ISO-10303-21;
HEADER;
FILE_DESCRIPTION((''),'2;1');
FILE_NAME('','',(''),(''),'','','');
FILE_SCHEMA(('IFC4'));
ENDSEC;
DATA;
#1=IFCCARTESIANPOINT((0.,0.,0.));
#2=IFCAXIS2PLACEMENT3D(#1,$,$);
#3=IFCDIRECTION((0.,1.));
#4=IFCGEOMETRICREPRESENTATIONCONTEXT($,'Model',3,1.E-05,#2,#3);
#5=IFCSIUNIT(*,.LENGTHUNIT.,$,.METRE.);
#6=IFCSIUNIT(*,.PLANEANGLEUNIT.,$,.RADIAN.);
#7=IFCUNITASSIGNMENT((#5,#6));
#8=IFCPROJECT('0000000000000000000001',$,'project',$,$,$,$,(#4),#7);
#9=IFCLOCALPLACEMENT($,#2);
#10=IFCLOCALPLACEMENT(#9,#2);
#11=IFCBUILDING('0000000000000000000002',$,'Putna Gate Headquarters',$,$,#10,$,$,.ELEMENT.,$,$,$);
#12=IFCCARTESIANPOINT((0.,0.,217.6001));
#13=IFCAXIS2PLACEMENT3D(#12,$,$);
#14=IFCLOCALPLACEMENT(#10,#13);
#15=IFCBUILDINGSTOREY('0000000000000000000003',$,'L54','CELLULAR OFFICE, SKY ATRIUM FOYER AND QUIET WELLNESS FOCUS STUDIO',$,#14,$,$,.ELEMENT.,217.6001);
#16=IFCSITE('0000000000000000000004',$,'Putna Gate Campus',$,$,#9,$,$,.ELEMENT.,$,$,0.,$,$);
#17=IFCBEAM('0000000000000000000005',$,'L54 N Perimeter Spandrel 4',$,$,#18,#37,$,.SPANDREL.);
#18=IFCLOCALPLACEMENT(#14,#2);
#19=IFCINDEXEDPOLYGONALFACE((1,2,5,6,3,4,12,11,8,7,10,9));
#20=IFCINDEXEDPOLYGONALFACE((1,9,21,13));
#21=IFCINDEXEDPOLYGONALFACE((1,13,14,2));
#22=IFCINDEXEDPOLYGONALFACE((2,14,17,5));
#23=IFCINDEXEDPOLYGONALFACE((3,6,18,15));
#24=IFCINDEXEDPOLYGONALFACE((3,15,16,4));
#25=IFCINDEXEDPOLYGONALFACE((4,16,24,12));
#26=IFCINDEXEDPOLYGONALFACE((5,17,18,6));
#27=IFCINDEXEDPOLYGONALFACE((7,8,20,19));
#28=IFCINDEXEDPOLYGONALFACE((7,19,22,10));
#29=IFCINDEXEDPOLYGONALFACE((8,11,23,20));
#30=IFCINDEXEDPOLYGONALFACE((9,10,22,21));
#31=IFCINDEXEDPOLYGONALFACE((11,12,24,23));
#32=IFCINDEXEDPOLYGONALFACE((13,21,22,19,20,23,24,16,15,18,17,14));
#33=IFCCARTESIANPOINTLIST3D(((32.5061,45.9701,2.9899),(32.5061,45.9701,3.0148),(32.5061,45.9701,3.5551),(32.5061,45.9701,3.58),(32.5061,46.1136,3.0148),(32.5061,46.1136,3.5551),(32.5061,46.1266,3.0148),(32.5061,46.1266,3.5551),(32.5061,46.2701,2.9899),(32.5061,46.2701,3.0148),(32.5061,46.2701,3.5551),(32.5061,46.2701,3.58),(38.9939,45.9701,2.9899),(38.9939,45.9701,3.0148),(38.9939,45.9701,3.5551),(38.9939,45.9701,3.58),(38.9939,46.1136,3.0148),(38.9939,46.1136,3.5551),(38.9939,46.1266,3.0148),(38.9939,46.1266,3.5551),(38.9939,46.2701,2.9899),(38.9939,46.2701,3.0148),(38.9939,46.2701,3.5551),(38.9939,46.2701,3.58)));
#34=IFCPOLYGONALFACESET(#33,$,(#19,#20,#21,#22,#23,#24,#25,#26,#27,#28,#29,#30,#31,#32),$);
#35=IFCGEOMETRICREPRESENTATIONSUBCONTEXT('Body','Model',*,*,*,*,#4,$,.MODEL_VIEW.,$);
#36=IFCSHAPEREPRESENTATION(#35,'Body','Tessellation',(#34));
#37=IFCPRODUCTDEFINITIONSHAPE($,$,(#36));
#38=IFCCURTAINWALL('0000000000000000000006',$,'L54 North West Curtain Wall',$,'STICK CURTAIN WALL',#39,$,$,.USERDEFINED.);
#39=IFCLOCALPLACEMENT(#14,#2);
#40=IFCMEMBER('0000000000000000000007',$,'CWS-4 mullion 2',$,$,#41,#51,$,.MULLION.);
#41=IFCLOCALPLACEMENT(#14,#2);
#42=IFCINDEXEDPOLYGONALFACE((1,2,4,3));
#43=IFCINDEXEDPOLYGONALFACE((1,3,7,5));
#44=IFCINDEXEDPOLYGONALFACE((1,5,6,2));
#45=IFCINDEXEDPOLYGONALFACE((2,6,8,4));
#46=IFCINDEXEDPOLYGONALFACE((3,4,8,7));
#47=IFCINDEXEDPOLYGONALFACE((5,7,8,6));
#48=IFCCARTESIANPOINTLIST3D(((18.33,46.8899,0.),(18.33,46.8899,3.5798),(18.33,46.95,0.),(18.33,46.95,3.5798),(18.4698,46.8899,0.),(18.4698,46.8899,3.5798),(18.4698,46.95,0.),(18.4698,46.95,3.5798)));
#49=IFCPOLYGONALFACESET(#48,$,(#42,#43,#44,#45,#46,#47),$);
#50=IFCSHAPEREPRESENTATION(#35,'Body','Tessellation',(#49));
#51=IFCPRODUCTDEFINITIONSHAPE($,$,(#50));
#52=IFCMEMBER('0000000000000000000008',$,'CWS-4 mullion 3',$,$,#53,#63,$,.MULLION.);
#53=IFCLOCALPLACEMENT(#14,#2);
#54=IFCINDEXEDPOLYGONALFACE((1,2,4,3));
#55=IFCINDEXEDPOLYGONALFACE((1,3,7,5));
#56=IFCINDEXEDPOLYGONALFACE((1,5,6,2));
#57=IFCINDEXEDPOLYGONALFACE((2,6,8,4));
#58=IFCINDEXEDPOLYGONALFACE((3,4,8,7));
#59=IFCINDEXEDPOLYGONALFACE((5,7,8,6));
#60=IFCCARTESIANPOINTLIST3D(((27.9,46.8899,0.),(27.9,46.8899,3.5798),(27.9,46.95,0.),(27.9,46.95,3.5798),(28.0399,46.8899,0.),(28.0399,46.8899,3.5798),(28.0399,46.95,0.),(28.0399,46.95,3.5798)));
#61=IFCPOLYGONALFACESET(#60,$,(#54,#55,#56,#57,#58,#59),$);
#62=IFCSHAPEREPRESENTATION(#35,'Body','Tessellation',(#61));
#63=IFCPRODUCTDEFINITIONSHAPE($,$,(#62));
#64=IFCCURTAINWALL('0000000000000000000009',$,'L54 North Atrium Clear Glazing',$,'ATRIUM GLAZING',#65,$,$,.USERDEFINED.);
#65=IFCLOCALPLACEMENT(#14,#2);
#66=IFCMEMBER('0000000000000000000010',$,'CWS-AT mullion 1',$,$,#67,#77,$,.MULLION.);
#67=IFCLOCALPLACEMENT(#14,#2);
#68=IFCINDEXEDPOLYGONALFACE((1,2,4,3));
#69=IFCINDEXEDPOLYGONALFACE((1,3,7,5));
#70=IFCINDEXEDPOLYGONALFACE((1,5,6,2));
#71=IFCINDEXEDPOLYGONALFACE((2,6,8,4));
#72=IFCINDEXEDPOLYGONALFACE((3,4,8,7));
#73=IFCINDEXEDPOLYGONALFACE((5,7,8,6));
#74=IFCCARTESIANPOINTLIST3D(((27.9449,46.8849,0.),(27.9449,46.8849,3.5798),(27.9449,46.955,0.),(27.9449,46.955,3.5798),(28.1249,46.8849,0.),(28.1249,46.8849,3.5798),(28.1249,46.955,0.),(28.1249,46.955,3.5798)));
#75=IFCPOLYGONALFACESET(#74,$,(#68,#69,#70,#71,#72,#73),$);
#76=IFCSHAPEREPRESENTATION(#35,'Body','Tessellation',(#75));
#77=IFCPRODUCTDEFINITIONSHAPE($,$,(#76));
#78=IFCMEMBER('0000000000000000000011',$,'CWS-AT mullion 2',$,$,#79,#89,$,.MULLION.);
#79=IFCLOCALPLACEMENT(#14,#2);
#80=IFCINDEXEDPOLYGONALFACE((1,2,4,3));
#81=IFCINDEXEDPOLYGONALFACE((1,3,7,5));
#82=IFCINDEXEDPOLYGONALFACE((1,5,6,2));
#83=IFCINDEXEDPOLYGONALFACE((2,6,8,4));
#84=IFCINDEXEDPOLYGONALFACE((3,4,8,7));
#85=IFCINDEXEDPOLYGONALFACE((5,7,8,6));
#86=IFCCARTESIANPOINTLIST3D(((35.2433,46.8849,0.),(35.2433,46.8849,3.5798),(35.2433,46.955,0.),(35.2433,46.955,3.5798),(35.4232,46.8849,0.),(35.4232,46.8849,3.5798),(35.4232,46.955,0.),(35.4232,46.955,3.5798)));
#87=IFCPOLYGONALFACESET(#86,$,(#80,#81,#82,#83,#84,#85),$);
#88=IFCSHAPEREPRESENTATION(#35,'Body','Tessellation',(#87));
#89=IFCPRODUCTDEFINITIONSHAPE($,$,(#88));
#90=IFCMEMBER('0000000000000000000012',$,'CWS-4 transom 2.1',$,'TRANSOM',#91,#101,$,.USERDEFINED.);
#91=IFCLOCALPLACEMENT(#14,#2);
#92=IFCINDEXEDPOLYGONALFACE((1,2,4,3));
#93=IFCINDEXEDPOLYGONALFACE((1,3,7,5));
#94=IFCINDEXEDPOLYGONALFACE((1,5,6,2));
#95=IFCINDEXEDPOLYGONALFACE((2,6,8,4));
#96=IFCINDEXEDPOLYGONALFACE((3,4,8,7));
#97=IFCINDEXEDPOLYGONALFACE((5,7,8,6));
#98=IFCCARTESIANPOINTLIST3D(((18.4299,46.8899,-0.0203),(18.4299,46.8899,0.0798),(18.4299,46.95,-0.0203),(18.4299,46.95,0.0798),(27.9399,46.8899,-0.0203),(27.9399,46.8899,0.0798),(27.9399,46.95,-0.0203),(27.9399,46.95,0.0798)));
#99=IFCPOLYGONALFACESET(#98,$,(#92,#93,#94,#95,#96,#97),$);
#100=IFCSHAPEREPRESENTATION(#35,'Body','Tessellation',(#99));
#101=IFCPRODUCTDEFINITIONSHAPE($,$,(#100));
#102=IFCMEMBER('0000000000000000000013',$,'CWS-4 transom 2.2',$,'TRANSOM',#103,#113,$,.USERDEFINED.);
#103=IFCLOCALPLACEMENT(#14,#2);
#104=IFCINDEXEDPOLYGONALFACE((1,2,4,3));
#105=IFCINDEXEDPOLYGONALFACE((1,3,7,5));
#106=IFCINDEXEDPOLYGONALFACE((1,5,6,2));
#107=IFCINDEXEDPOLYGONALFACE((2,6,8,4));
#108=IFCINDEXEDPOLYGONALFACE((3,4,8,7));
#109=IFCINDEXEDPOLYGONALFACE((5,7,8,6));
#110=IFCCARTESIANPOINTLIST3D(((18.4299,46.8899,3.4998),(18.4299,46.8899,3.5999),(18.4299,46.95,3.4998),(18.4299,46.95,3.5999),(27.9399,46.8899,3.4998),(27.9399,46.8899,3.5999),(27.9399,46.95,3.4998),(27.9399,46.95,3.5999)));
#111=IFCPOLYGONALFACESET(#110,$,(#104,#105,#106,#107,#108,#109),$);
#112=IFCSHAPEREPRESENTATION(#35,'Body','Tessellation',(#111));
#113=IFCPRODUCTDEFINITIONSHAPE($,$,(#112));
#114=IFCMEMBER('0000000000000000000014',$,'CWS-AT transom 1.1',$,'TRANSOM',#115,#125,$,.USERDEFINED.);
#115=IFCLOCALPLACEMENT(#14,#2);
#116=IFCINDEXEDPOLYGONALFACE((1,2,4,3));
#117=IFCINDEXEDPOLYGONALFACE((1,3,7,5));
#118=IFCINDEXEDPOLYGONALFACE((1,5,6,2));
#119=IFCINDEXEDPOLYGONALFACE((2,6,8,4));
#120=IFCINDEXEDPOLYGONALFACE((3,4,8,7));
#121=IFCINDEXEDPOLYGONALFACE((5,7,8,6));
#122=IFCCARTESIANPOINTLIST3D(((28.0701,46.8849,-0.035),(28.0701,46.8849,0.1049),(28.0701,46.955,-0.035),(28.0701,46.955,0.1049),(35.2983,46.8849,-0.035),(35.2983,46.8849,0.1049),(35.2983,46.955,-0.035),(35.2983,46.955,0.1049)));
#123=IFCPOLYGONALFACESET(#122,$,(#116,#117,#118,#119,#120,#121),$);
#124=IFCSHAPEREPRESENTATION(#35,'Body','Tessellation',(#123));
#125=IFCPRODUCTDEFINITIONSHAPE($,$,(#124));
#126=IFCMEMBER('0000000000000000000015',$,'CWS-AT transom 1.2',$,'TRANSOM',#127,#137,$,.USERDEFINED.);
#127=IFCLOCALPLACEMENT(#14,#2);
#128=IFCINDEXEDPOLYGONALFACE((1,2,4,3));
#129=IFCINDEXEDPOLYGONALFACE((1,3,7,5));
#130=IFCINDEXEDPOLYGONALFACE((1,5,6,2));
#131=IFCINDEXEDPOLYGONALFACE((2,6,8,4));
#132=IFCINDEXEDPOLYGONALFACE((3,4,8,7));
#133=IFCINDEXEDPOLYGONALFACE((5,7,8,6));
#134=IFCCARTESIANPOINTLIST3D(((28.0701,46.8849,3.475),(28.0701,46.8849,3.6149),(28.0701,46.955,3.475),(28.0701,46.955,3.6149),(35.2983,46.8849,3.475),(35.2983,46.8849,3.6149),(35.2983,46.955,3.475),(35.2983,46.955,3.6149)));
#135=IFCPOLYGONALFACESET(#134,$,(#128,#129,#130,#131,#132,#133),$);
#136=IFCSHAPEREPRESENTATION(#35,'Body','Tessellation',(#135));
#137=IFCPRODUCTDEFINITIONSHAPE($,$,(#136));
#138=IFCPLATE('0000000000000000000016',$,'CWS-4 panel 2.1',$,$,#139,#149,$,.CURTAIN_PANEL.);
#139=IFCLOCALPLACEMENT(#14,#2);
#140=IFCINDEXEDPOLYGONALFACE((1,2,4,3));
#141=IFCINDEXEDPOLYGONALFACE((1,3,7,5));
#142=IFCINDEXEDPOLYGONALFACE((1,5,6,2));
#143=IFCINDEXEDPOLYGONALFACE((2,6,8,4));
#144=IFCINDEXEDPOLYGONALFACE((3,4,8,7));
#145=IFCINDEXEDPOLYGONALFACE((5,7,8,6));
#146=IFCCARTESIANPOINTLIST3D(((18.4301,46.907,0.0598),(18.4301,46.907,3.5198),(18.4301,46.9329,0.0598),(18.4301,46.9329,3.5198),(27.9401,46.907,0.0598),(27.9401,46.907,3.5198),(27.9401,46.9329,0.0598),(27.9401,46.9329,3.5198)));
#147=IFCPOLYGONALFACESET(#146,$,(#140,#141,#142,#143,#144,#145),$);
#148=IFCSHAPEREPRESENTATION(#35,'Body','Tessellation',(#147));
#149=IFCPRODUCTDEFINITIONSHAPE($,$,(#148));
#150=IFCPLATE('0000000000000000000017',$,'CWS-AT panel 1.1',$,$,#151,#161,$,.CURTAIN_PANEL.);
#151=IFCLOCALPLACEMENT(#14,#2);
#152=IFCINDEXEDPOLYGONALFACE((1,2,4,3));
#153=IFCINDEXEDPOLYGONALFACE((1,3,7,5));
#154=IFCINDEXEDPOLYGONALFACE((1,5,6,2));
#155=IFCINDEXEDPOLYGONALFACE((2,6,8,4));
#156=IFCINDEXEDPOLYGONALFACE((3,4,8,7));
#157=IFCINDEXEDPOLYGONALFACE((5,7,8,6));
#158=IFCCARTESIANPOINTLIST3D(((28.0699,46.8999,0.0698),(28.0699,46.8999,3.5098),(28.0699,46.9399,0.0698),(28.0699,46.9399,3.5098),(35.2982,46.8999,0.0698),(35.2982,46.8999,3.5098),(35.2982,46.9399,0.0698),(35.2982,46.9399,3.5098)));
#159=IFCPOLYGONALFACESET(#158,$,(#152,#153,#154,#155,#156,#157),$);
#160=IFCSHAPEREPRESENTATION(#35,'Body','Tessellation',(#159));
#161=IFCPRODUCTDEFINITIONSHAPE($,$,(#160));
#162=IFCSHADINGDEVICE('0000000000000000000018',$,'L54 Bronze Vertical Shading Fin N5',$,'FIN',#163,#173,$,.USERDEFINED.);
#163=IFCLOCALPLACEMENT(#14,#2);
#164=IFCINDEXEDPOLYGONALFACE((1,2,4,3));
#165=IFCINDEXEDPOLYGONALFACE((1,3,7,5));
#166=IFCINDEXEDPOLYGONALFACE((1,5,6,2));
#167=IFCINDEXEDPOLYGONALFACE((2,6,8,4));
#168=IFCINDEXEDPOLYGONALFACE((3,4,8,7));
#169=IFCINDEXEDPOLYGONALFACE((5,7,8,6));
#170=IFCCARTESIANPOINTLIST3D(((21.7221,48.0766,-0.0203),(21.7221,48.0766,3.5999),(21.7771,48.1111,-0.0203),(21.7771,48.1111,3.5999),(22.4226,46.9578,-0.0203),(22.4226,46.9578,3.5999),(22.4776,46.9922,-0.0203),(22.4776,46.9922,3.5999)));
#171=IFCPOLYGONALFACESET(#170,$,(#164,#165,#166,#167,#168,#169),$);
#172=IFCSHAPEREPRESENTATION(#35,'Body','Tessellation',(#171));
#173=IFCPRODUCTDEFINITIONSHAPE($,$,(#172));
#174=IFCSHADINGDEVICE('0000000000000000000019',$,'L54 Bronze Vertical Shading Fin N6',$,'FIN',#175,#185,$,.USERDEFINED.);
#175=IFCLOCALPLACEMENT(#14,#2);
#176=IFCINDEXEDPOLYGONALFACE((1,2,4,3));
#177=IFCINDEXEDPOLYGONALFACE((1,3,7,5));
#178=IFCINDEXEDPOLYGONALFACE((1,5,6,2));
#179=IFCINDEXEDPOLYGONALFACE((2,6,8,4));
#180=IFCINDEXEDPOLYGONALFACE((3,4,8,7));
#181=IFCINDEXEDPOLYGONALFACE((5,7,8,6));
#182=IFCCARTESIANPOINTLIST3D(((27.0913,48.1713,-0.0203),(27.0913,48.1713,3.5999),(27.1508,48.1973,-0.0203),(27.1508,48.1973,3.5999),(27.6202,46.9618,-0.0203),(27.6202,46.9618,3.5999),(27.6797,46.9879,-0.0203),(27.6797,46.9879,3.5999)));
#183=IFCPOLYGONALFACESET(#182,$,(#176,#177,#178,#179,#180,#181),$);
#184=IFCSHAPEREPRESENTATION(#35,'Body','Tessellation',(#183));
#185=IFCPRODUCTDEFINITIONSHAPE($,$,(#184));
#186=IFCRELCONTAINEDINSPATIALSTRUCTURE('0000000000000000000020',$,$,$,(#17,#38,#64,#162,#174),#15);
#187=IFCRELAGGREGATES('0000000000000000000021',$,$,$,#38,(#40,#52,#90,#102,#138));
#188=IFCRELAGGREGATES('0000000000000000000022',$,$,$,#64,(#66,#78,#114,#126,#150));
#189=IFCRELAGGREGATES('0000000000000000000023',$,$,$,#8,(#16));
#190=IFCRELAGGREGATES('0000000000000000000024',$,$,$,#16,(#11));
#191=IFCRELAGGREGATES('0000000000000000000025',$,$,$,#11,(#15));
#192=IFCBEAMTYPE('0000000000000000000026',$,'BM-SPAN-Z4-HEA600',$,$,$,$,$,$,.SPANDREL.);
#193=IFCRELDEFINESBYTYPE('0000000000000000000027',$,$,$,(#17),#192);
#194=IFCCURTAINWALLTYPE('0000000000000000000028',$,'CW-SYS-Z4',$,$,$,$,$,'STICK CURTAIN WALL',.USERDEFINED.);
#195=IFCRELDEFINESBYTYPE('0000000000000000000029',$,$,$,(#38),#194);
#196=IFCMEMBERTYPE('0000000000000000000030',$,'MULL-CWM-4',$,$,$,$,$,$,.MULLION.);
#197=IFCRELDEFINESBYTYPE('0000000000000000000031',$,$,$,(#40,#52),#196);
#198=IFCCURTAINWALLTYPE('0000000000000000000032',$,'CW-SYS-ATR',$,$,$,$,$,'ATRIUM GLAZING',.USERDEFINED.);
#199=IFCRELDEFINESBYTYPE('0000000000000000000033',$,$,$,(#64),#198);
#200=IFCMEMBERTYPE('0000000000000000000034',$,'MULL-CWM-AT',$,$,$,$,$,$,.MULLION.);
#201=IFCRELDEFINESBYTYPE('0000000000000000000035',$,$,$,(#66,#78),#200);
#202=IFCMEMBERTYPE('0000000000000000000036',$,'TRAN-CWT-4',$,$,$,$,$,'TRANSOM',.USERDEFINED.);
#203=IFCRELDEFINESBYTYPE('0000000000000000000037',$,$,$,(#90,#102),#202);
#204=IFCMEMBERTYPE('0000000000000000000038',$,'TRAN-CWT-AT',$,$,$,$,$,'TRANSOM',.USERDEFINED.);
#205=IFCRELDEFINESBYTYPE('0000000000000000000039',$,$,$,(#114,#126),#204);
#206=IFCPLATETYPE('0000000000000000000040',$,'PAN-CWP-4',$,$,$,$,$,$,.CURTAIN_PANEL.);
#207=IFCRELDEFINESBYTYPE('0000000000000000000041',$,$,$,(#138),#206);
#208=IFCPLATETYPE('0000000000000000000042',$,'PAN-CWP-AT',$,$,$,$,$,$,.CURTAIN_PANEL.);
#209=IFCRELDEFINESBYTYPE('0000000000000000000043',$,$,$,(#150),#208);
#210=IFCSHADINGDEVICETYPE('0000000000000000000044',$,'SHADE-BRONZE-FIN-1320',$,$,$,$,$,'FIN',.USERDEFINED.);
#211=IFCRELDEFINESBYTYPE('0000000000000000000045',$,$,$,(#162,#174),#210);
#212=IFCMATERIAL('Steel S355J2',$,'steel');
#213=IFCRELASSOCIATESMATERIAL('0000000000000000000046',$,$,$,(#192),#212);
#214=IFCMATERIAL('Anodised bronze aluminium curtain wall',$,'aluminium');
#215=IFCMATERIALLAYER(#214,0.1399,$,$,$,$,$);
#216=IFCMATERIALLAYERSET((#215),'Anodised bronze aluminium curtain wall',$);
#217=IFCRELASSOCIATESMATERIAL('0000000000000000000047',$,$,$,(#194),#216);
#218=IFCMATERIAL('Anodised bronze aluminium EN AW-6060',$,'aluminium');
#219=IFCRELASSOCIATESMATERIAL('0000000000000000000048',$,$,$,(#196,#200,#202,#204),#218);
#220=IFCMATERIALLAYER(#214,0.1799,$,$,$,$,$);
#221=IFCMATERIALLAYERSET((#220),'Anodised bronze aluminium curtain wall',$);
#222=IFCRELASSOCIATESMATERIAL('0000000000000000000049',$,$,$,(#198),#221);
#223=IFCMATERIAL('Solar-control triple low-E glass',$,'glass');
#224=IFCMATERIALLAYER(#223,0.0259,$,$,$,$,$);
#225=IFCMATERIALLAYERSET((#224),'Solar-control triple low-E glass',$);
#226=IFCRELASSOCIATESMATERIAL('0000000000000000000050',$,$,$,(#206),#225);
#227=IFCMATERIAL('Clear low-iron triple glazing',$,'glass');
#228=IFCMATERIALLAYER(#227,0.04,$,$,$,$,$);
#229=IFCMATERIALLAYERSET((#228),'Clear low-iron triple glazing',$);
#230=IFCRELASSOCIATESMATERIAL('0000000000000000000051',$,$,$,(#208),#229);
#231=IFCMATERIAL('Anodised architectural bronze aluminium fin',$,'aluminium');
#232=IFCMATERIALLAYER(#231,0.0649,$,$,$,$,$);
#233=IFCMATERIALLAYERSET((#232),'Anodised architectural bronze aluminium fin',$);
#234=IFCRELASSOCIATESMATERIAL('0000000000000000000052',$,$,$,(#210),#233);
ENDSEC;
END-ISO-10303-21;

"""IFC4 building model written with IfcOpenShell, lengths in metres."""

from ifc_helpers import new_model, si_unit, direction, frame, origin, origin_2d, place, context, subcontext, project, spatial, rectangle, i_section, extrude, material, layer, layer_set, material_profile, profile_set, type_object, element, aggregate, save


model = new_model("IFC4")

# Units and contexts
model_context = context("Model", 3, precision=1e-05, world=origin(), true_north=direction((0.0, 1.0)))
body_context = subcontext(model_context, "Body", "Model", "MODEL_VIEW")
ifc_project = project(units=[si_unit("LENGTHUNIT", "METRE"), si_unit("PLANEANGLEUNIT", "RADIAN")], contexts=[model_context])

# Site, building, storey
site_placement = place(None, origin())
site = spatial("IfcSite", under=ifc_project, at=site_placement, Name="Putna Gate Campus", CompositionType="ELEMENT", RefElevation=0.0)
building_placement = place(site_placement, origin())
building = spatial("IfcBuilding", under=site, at=building_placement, Name="Putna Gate Headquarters", CompositionType="ELEMENT")
storey_placement = place(building_placement, frame((0.0, 0.0, 217.6001)))
storey = spatial("IfcBuildingStorey", under=building, at=storey_placement, Name="L54", Description="CELLULAR OFFICE, SKY ATRIUM FOYER AND QUIET WELLNESS FOCUS STUDIO", CompositionType="ELEMENT", Elevation=217.6001)

# Beam
ifc_material_1 = material(Name="Steel S355J2", Category="steel")
ifc_material_profile_1 = material_profile(ifc_material_1, i_section(OverallWidth=0.3, OverallDepth=0.5901, WebThickness=0.0129, FlangeThickness=0.0249, at=origin_2d()), Name="Steel S355J2")
ifc_profile_set_1 = profile_set([ifc_material_profile_1], Name="Steel S355J2")
beam_type_1 = type_object("IfcBeamType", Name="BM-SPAN-Z4-HEA600", PredefinedType="SPANDREL", material=ifc_profile_set_1)
for number, where, z_axis, x_axis, name in (
    (1, (32.5061, 46.1201, 3.2849), (1.0, 0.0, 0.0), (0.0, 1.0, 0.0), "L54 N Perimeter Spandrel 4"),
):
    element("IfcBeam", number, at=place(storey_placement, frame(where, z_axis=z_axis, x_axis=x_axis)), inside=storey, type_object=beam_type_1, Name=name, PredefinedType="SPANDREL", context=body_context, shape_type="SweptSolid", body=[
        extrude(i_section(OverallWidth=0.3, OverallDepth=0.5901, WebThickness=0.0129, FlangeThickness=0.0249, at=origin_2d()), origin(), (0.0, 0.0, 1.0), 6.4878),
    ])

# Curtain walls, members
ifc_material_2 = material(Name="Anodised bronze aluminium curtain wall", Category="aluminium")
ifc_layer_1 = layer(ifc_material_2, 0.1399)
ifc_layer_set_1 = layer_set([ifc_layer_1], Name="Anodised bronze aluminium curtain wall")
curtain_wall_type_1 = type_object("IfcCurtainWallType", Name="CW-SYS-Z4", ElementType="STICK CURTAIN WALL", PredefinedType="USERDEFINED", material=ifc_layer_set_1)
curtain_wall_1_placement = place(storey_placement, origin())
curtain_wall_1 = element("IfcCurtainWall", 2, at=curtain_wall_1_placement, inside=storey, type_object=curtain_wall_type_1, Name="L54 North West Curtain Wall", ObjectType="STICK CURTAIN WALL", PredefinedType="USERDEFINED")
ifc_material_3 = material(Name="Anodised bronze aluminium EN AW-6060", Category="aluminium")
ifc_material_profile_2 = material_profile(ifc_material_3, rectangle(XDim=0.0601, YDim=0.1399, at=origin_2d()), Name="Anodised bronze aluminium EN AW-6060")
ifc_profile_set_2 = profile_set([ifc_material_profile_2], Name="Anodised bronze aluminium EN AW-6060")
member_type_1 = type_object("IfcMemberType", Name="MULL-CWM-4", PredefinedType="MULLION", material=ifc_profile_set_2)
member_1_placement = place(storey_placement, frame((18.3999, 46.9199, 0.0), z_axis=(0.0, 0.0, 1.0), x_axis=(0.0, 1.0, 0.0)))
member_1 = element("IfcMember", 3, at=member_1_placement, type_object=member_type_1, Name="CWS-4 mullion 2", PredefinedType="MULLION", context=body_context, shape_type="SweptSolid", body=[
    extrude(rectangle(XDim=0.0601, YDim=0.1399, at=origin_2d()), origin(), (0.0, 0.0, 1.0), 3.5798),
])
member_2_placement = place(storey_placement, frame((27.97, 46.9199, 0.0), z_axis=(0.0, 0.0, 1.0), x_axis=(0.0, 1.0, 0.0)))
member_2 = element("IfcMember", 4, at=member_2_placement, type_object=member_type_1, Name="CWS-4 mullion 3", PredefinedType="MULLION", context=body_context, shape_type="SweptSolid", body=[
    extrude(rectangle(XDim=0.0601, YDim=0.1399, at=origin_2d()), origin(), (0.0, 0.0, 1.0), 3.5798),
])
ifc_layer_2 = layer(ifc_material_2, 0.1799)
ifc_layer_set_2 = layer_set([ifc_layer_2], Name="Anodised bronze aluminium curtain wall")
curtain_wall_type_2 = type_object("IfcCurtainWallType", Name="CW-SYS-ATR", ElementType="ATRIUM GLAZING", PredefinedType="USERDEFINED", material=ifc_layer_set_2)
curtain_wall_2_placement = place(storey_placement, origin())
curtain_wall_2 = element("IfcCurtainWall", 5, at=curtain_wall_2_placement, inside=storey, type_object=curtain_wall_type_2, Name="L54 North Atrium Clear Glazing", ObjectType="ATRIUM GLAZING", PredefinedType="USERDEFINED")
ifc_material_profile_3 = material_profile(ifc_material_3, rectangle(XDim=0.0701, YDim=0.1799, at=origin_2d()), Name="Anodised bronze aluminium EN AW-6060")
ifc_profile_set_3 = profile_set([ifc_material_profile_3], Name="Anodised bronze aluminium EN AW-6060")
member_type_2 = type_object("IfcMemberType", Name="MULL-CWM-AT", PredefinedType="MULLION", material=ifc_profile_set_3)
member_3_placement = place(storey_placement, frame((28.0349, 46.9199, 0.0), z_axis=(0.0, 0.0, 1.0), x_axis=(0.0, 1.0, 0.0)))
member_3 = element("IfcMember", 6, at=member_3_placement, type_object=member_type_2, Name="CWS-AT mullion 1", PredefinedType="MULLION", context=body_context, shape_type="SweptSolid", body=[
    extrude(rectangle(XDim=0.0701, YDim=0.1799, at=origin_2d()), origin(), (0.0, 0.0, 1.0), 3.5798),
])
member_4_placement = place(storey_placement, frame((35.3333, 46.9199, 0.0), z_axis=(0.0, 0.0, 1.0), x_axis=(0.0, 1.0, 0.0)))
member_4 = element("IfcMember", 7, at=member_4_placement, type_object=member_type_2, Name="CWS-AT mullion 2", PredefinedType="MULLION", context=body_context, shape_type="SweptSolid", body=[
    extrude(rectangle(XDim=0.0701, YDim=0.1799, at=origin_2d()), origin(), (0.0, 0.0, 1.0), 3.5798),
])

# Members
ifc_material_profile_4 = material_profile(ifc_material_3, rectangle(XDim=0.0601, YDim=0.1001, at=origin_2d()), Name="Anodised bronze aluminium EN AW-6060")
ifc_profile_set_4 = profile_set([ifc_material_profile_4], Name="Anodised bronze aluminium EN AW-6060")
member_type_3 = type_object("IfcMemberType", Name="TRAN-CWT-4", ElementType="TRANSOM", PredefinedType="USERDEFINED", material=ifc_profile_set_4)
member_5_placement = place(storey_placement, frame((18.4299, 46.9199, 0.0298), z_axis=(1.0, 0.0, 0.0), x_axis=(0.0, 1.0, 0.0)))
member_5 = element("IfcMember", 8, at=member_5_placement, type_object=member_type_3, Name="CWS-4 transom 2.1", ObjectType="TRANSOM", PredefinedType="USERDEFINED", context=body_context, shape_type="SweptSolid", body=[
    extrude(rectangle(XDim=0.0601, YDim=0.1001, at=origin_2d()), origin(), (0.0, 0.0, 1.0), 9.51),
])
member_6_placement = place(storey_placement, frame((18.4299, 46.9199, 3.5498), z_axis=(1.0, 0.0, 0.0), x_axis=(0.0, 1.0, 0.0)))
member_6 = element("IfcMember", 9, at=member_6_placement, type_object=member_type_3, Name="CWS-4 transom 2.2", ObjectType="TRANSOM", PredefinedType="USERDEFINED", context=body_context, shape_type="SweptSolid", body=[
    extrude(rectangle(XDim=0.0601, YDim=0.1001, at=origin_2d()), origin(), (0.0, 0.0, 1.0), 9.51),
])
ifc_material_profile_5 = material_profile(ifc_material_3, rectangle(XDim=0.0701, YDim=0.1399, at=origin_2d()), Name="Anodised bronze aluminium EN AW-6060")
ifc_profile_set_5 = profile_set([ifc_material_profile_5], Name="Anodised bronze aluminium EN AW-6060")
member_type_4 = type_object("IfcMemberType", Name="TRAN-CWT-AT", ElementType="TRANSOM", PredefinedType="USERDEFINED", material=ifc_profile_set_5)
member_7_placement = place(storey_placement, frame((28.0701, 46.9199, 0.0349), z_axis=(1.0, 0.0, 0.0), x_axis=(0.0, 1.0, 0.0)))
member_7 = element("IfcMember", 10, at=member_7_placement, type_object=member_type_4, Name="CWS-AT transom 1.1", ObjectType="TRANSOM", PredefinedType="USERDEFINED", context=body_context, shape_type="SweptSolid", body=[
    extrude(rectangle(XDim=0.0701, YDim=0.1399, at=origin_2d()), origin(), (0.0, 0.0, 1.0), 7.2283),
])
member_8_placement = place(storey_placement, frame((28.0701, 46.9199, 3.5449), z_axis=(1.0, 0.0, 0.0), x_axis=(0.0, 1.0, 0.0)))
member_8 = element("IfcMember", 11, at=member_8_placement, type_object=member_type_4, Name="CWS-AT transom 1.2", ObjectType="TRANSOM", PredefinedType="USERDEFINED", context=body_context, shape_type="SweptSolid", body=[
    extrude(rectangle(XDim=0.0701, YDim=0.1399, at=origin_2d()), origin(), (0.0, 0.0, 1.0), 7.2283),
])

# Plates
ifc_material_4 = material(Name="Solar-control triple low-E glass", Category="glass")
ifc_layer_3 = layer(ifc_material_4, 0.0259)
ifc_layer_set_3 = layer_set([ifc_layer_3], Name="Solar-control triple low-E glass")
plate_type_1 = type_object("IfcPlateType", Name="PAN-CWP-4", PredefinedType="CURTAIN_PANEL", material=ifc_layer_set_3)
plate_1_placement = place(storey_placement, frame((23.1851, 46.9199, 0.0598), z_axis=(0.0, 0.0, 1.0), x_axis=(1.0, 0.0, 0.0)))
plate_1 = element("IfcPlate", 12, at=plate_1_placement, type_object=plate_type_1, Name="CWS-4 panel 2.1", PredefinedType="CURTAIN_PANEL", context=body_context, shape_type="SweptSolid", body=[
    extrude(rectangle(XDim=9.51, YDim=0.0259, at=origin_2d()), origin(), (0.0, 0.0, 1.0), 3.46),
])
aggregate(curtain_wall_1, [member_1, member_2, member_5, member_6, plate_1])
ifc_material_5 = material(Name="Clear low-iron triple glazing", Category="glass")
ifc_layer_4 = layer(ifc_material_5, 0.04)
ifc_layer_set_4 = layer_set([ifc_layer_4], Name="Clear low-iron triple glazing")
plate_type_2 = type_object("IfcPlateType", Name="PAN-CWP-AT", PredefinedType="CURTAIN_PANEL", material=ifc_layer_set_4)
plate_2_placement = place(storey_placement, frame((31.6841, 46.9199, 0.0698), z_axis=(0.0, 0.0, 1.0), x_axis=(1.0, 0.0, 0.0)))
plate_2 = element("IfcPlate", 13, at=plate_2_placement, type_object=plate_type_2, Name="CWS-AT panel 1.1", PredefinedType="CURTAIN_PANEL", context=body_context, shape_type="SweptSolid", body=[
    extrude(rectangle(XDim=7.2283, YDim=0.04, at=origin_2d()), origin(), (0.0, 0.0, 1.0), 3.4399),
])
aggregate(curtain_wall_2, [member_3, member_4, member_7, member_8, plate_2])

# Shading devices
ifc_material_6 = material(Name="Anodised architectural bronze aluminium fin", Category="aluminium")
ifc_layer_5 = layer(ifc_material_6, 0.0649)
ifc_layer_set_5 = layer_set([ifc_layer_5], Name="Anodised architectural bronze aluminium fin")
shading_device_type = type_object("IfcShadingDeviceType", Name="SHADE-BRONZE-FIN-1320", ElementType="FIN", PredefinedType="USERDEFINED", material=ifc_layer_set_5)
for number, where, z_axis, x_axis, name in (
    (14, (22.0999, 47.5344, -0.0203), (0.0, 0.0, 1.0), (-0.530659, 0.847585, 0.0), "L54 Bronze Vertical Shading Fin N5"),
    (15, (27.3855, 47.5796, -0.0203), (0.0, 0.0, 1.0), (-0.400669, 0.916223, 0.0), "L54 Bronze Vertical Shading Fin N6"),
):
    element("IfcShadingDevice", number, at=place(storey_placement, frame(where, z_axis=z_axis, x_axis=x_axis)), inside=storey, type_object=shading_device_type, Name=name, ObjectType="FIN", PredefinedType="USERDEFINED", context=body_context, shape_type="SweptSolid", body=[
        extrude(rectangle(XDim=1.3201, YDim=0.0649, at=origin_2d()), origin(), (0.0, 0.0, 1.0), 3.6201),
    ])

save(model, "model.ifc")
